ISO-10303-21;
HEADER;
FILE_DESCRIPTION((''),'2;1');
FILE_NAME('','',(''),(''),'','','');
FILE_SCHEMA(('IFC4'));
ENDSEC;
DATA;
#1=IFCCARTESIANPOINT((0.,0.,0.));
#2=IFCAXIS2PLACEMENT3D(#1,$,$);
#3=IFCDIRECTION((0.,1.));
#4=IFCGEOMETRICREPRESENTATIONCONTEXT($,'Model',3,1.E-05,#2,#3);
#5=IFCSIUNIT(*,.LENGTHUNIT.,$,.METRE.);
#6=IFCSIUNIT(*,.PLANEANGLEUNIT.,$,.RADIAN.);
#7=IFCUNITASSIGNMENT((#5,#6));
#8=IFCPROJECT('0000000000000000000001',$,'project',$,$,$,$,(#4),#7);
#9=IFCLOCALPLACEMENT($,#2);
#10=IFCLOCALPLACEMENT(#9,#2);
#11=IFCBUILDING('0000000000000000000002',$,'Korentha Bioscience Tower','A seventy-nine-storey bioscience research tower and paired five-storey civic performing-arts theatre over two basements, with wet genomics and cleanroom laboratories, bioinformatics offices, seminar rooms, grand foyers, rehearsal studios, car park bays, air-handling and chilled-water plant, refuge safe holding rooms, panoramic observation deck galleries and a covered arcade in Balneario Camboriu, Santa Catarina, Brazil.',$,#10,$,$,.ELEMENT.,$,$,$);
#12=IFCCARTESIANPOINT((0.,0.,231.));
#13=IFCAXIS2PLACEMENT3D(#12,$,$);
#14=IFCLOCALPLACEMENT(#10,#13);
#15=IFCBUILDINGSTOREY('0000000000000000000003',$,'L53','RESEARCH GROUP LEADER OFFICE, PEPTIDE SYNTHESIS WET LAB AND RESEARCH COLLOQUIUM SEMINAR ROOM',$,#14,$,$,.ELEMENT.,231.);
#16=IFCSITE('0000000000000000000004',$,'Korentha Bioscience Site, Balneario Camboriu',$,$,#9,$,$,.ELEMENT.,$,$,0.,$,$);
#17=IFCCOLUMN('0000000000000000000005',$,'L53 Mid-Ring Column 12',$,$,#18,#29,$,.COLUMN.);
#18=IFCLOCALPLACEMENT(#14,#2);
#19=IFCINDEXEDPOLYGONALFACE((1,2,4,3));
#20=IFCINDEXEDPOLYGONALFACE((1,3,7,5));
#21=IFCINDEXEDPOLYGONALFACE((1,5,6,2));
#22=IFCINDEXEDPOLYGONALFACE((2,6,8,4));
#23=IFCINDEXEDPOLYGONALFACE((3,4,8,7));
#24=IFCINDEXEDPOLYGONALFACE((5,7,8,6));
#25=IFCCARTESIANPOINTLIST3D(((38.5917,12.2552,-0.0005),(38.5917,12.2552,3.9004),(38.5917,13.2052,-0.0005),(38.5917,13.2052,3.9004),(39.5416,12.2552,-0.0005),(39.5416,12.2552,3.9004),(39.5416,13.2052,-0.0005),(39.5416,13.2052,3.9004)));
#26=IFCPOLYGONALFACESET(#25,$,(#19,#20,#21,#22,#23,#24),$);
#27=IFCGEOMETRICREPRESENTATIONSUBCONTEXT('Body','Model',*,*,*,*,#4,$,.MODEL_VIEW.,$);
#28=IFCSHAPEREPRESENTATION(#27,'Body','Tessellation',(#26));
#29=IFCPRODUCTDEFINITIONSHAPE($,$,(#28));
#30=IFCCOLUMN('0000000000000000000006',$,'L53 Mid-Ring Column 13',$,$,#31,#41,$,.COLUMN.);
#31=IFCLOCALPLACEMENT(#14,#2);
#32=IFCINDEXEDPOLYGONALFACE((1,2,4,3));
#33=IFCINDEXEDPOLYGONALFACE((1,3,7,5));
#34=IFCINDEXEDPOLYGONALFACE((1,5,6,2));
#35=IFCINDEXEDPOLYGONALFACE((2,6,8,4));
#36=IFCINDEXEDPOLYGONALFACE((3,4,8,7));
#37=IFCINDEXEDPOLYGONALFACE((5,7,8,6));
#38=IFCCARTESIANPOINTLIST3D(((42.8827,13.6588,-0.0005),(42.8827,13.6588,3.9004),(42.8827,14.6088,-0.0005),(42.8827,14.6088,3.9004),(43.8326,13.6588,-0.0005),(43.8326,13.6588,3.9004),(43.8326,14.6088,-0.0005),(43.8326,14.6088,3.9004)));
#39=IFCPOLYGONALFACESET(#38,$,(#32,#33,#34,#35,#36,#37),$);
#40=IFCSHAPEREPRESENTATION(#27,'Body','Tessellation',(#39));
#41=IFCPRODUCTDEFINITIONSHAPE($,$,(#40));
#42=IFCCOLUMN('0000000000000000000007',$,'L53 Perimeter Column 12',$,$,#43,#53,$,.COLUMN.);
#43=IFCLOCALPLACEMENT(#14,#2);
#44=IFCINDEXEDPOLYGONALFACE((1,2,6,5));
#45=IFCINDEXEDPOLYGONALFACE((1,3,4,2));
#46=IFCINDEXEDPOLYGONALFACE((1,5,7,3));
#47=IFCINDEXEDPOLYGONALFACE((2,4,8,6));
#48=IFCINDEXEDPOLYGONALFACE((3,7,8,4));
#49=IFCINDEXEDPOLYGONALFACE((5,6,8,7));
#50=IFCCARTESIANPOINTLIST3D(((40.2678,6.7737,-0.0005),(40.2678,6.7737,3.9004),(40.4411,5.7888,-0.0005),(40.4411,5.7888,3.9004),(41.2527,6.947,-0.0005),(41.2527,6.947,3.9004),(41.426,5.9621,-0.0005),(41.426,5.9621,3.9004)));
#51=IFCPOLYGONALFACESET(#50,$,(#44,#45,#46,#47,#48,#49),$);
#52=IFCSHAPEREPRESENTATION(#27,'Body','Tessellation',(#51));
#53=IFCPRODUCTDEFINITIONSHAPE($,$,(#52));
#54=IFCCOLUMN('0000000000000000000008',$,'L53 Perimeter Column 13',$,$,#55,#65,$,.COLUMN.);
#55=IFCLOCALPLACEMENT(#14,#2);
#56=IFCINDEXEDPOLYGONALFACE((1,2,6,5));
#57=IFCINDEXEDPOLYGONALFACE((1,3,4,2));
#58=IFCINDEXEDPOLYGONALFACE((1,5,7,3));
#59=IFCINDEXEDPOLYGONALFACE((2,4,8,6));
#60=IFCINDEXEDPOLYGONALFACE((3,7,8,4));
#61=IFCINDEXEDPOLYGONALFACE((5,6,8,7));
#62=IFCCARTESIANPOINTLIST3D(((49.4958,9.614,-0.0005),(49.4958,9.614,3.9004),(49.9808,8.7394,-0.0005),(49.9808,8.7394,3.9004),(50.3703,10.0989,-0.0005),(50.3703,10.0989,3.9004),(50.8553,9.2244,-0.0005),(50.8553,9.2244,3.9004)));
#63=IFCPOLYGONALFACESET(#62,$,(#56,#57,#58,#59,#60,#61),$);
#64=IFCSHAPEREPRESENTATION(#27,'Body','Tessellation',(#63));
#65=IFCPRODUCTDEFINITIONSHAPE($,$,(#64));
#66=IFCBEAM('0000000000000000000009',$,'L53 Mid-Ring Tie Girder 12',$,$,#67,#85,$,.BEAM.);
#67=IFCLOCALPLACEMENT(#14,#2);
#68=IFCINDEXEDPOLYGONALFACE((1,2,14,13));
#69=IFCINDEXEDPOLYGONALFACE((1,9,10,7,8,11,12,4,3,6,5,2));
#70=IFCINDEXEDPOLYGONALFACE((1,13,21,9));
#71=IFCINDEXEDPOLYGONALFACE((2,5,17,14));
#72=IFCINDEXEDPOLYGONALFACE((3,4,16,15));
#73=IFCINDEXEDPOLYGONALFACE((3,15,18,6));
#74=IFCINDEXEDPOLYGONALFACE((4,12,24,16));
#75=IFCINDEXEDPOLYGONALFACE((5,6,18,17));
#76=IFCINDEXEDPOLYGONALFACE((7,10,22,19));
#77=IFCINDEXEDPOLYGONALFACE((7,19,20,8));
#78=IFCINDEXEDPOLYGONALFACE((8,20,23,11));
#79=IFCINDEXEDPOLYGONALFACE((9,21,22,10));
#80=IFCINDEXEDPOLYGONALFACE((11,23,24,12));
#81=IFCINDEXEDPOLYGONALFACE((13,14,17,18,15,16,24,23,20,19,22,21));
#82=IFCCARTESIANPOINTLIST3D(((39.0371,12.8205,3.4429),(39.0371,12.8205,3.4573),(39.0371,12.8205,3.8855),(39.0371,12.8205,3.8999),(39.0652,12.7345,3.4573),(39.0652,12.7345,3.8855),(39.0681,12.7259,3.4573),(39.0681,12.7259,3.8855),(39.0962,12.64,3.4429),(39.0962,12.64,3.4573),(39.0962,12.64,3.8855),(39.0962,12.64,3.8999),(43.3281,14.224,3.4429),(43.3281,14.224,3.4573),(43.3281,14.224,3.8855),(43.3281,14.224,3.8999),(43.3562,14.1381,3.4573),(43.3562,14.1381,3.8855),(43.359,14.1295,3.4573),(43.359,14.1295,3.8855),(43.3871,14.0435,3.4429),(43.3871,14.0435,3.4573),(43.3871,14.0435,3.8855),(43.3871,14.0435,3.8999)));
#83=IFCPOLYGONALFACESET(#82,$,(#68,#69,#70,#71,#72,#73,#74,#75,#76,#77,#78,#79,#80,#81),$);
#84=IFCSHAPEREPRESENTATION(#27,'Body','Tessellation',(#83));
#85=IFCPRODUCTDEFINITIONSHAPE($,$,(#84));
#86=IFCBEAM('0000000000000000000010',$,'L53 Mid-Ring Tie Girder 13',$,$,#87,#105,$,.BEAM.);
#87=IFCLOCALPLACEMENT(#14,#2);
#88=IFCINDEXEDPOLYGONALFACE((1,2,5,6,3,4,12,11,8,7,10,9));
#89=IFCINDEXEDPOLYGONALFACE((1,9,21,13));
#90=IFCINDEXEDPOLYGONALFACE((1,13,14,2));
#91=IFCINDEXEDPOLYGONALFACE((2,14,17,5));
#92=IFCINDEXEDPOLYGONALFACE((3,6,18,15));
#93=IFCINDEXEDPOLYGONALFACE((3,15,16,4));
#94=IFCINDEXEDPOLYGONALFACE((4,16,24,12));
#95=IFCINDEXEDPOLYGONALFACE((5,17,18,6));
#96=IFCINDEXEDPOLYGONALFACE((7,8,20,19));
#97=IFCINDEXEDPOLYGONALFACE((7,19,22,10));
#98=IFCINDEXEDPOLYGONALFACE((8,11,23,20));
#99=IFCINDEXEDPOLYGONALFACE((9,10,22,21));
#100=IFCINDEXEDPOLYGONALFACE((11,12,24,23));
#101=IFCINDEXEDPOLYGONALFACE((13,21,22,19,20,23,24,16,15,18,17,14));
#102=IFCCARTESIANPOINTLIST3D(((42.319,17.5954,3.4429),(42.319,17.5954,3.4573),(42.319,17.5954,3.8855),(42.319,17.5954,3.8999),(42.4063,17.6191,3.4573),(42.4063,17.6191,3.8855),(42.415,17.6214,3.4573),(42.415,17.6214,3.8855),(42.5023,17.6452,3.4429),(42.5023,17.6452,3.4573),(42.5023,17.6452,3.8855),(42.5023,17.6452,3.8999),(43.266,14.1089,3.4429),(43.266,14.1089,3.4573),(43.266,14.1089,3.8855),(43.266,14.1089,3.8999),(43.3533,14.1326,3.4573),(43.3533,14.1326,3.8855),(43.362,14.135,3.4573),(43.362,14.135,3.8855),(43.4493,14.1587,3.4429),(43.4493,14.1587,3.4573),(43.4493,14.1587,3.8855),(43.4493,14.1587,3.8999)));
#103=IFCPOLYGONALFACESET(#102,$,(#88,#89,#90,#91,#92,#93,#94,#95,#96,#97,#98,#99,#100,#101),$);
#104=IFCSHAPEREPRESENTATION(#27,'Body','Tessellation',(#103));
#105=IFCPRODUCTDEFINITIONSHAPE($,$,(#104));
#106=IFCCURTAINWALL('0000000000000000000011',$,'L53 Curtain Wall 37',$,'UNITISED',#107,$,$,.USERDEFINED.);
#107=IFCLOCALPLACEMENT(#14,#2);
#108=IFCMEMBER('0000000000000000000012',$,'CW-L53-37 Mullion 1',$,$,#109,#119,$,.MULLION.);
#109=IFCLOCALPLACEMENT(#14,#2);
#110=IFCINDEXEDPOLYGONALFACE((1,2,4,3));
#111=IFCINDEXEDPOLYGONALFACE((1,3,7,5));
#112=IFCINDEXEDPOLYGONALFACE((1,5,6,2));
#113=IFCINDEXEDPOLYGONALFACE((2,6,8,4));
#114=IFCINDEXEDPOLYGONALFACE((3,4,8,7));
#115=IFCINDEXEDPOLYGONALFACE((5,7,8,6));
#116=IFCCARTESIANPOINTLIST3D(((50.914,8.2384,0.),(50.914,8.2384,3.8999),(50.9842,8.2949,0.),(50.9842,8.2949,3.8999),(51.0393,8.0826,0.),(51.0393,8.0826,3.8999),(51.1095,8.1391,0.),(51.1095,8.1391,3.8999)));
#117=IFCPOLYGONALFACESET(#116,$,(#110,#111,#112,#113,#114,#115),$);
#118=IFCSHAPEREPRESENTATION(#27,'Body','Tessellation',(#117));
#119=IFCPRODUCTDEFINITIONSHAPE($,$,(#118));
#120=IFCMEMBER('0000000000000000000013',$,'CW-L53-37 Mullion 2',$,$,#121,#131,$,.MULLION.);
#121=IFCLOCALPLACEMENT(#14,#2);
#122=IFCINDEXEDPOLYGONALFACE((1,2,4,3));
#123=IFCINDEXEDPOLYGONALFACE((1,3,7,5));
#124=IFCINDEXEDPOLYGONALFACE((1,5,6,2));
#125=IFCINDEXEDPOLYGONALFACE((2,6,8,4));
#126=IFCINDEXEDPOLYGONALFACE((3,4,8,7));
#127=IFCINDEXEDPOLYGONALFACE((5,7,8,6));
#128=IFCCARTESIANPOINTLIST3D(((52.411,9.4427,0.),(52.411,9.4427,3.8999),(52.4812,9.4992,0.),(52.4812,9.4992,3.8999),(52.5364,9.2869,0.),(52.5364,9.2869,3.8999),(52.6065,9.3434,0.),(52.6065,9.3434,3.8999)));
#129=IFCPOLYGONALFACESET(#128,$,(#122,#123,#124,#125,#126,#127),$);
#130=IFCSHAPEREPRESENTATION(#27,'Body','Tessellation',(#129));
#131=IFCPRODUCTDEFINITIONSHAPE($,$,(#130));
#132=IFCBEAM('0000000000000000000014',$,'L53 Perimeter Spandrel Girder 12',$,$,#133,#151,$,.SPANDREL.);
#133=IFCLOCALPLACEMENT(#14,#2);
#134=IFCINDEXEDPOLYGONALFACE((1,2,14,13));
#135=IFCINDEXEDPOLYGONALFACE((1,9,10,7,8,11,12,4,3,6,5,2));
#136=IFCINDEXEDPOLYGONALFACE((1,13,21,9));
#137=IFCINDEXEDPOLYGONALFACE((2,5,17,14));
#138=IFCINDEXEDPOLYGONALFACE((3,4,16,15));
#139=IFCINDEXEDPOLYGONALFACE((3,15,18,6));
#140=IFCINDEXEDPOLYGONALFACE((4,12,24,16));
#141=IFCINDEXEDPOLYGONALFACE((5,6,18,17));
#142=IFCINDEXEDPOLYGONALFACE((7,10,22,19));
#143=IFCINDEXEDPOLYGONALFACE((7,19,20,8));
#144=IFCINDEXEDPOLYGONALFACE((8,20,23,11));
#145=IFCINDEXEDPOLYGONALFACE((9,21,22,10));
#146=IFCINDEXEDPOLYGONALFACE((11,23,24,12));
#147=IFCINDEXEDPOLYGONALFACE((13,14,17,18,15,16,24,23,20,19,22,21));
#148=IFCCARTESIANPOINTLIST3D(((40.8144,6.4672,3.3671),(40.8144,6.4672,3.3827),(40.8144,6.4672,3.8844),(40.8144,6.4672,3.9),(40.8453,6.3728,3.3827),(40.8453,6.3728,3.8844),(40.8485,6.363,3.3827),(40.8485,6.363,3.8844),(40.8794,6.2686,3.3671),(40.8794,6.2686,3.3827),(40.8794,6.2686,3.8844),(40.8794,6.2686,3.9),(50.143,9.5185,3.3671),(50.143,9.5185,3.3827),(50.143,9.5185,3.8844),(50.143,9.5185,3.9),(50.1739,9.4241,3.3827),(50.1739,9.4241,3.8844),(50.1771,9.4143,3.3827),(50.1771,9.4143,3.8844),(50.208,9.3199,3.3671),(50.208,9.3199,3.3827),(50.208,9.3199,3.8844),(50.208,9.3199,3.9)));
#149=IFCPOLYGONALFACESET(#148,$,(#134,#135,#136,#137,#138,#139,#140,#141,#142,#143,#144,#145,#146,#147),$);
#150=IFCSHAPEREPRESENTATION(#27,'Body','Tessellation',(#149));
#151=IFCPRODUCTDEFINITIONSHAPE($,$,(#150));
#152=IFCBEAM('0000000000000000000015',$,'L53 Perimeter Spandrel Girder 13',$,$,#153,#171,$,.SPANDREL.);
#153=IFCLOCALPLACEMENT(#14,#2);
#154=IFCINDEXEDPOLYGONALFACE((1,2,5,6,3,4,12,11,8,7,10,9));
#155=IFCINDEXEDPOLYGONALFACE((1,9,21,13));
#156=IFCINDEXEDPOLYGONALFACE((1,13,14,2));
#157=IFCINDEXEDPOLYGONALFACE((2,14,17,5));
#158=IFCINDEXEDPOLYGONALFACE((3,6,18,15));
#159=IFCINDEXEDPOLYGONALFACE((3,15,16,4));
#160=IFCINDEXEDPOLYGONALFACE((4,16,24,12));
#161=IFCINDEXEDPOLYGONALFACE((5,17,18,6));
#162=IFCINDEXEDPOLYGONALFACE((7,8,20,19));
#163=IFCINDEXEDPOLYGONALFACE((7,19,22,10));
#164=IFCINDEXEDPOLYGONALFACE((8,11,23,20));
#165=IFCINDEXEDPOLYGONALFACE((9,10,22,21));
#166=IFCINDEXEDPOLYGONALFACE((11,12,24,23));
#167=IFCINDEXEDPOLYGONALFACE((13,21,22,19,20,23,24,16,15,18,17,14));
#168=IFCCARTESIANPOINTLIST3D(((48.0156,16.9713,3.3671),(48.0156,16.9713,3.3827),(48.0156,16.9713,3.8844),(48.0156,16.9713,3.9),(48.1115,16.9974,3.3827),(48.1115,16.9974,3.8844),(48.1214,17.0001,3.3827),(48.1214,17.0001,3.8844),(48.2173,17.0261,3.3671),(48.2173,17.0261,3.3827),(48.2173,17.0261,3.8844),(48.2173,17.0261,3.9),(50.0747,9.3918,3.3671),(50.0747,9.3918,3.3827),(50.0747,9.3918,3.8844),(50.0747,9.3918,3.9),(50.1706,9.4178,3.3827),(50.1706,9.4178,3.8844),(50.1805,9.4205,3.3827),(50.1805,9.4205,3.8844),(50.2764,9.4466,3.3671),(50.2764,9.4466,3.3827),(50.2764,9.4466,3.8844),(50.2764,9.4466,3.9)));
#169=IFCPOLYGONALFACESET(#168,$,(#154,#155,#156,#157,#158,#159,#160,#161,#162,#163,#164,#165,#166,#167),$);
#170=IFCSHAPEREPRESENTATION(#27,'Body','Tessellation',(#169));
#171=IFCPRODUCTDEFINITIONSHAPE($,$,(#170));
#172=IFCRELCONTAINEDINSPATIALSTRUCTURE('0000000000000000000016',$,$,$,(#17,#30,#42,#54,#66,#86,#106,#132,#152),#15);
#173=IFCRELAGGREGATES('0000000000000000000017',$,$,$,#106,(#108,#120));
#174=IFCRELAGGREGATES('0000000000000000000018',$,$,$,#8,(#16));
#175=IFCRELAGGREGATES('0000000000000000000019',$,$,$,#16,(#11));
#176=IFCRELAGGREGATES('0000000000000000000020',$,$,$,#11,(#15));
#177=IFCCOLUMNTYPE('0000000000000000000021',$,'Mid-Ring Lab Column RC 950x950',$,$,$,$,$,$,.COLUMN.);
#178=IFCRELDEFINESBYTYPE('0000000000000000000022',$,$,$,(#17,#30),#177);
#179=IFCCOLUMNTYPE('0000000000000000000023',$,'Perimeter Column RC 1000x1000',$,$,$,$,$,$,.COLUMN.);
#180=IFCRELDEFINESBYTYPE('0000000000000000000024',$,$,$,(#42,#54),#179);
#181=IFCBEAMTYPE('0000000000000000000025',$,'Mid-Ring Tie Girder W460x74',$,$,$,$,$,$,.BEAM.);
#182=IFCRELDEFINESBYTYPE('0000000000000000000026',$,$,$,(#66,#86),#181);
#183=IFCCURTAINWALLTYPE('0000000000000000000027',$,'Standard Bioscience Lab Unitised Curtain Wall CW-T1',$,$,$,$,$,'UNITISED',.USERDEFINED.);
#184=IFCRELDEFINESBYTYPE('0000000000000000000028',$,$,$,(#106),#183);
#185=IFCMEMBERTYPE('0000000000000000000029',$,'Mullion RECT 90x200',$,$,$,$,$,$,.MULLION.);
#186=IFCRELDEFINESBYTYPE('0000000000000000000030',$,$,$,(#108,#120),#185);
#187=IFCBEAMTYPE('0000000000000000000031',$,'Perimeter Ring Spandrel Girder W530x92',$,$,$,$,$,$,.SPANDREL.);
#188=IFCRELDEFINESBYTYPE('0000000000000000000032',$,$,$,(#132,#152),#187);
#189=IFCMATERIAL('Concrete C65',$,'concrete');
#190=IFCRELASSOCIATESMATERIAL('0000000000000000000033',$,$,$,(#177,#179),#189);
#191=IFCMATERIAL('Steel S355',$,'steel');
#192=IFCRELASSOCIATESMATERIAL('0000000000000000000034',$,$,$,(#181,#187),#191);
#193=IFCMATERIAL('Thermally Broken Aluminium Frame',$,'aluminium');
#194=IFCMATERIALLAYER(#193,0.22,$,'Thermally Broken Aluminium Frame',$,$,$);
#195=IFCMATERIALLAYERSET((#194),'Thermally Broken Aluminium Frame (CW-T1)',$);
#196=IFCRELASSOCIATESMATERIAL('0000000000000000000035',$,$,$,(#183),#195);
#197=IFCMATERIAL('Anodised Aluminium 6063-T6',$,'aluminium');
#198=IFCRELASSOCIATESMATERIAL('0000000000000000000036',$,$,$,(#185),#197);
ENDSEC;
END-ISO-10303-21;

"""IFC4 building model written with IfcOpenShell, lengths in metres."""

from ifc_helpers import new_model, si_unit, direction, frame, origin, origin_2d, place, context, subcontext, project, spatial, rectangle, i_section, extrude, material, layer, layer_set, material_profile, profile_set, type_object, element, aggregate, save


model = new_model("IFC4")

# Units and contexts
model_context = context("Model", 3, precision=1e-05, world=origin(), true_north=direction((0.0, 1.0)))
body_context = subcontext(model_context, "Body", "Model", "MODEL_VIEW")
ifc_project = project(units=[si_unit("LENGTHUNIT", "METRE"), si_unit("PLANEANGLEUNIT", "RADIAN")], contexts=[model_context])

# Site, building, storey
site_placement = place(None, origin())
site = spatial("IfcSite", under=ifc_project, at=site_placement, Name="Korentha Bioscience Site, Balneario Camboriu", CompositionType="ELEMENT", RefElevation=0.0)
building_placement = place(site_placement, origin())
building = spatial("IfcBuilding", under=site, at=building_placement, Name="Korentha Bioscience Tower", Description="A seventy-nine-storey bioscience research tower and paired five-storey civic performing-arts theatre over two basements, with wet genomics and cleanroom laboratories, bioinformatics offices, seminar rooms, grand foyers, rehearsal studios, car park bays, air-handling and chilled-water plant, refuge safe holding rooms, panoramic observation deck galleries and a covered arcade in Balneario Camboriu, Santa Catarina, Brazil.", CompositionType="ELEMENT")
storey_placement = place(building_placement, frame((0.0, 0.0, 231.0)))
storey = spatial("IfcBuildingStorey", under=building, at=storey_placement, Name="L53", Description="RESEARCH GROUP LEADER OFFICE, PEPTIDE SYNTHESIS WET LAB AND RESEARCH COLLOQUIUM SEMINAR ROOM", CompositionType="ELEMENT", Elevation=231.0)

# Columns
ifc_material_1 = material(Name="Concrete C65", Category="concrete")
ifc_material_profile_1 = material_profile(ifc_material_1, rectangle(XDim=0.95, YDim=0.95, at=origin_2d()), Name="Concrete C65")
ifc_profile_set_1 = profile_set([ifc_material_profile_1], Name="Concrete C65 (COL-MR09)")
column_type_1 = type_object("IfcColumnType", Name="Mid-Ring Lab Column RC 950x950", PredefinedType="COLUMN", material=ifc_profile_set_1)
for number, where, z_axis, x_axis, name in (
    (1, (39.0667, 12.7302, -0.0005), (0.0, 0.0, 1.0), (1.0, 0.0, 0.0), "L53 Mid-Ring Column 12"),
    (2, (43.3577, 14.1338, -0.0005), (0.0, 0.0, 1.0), (1.0, 0.0, 0.0), "L53 Mid-Ring Column 13"),
):
    element("IfcColumn", number, at=place(storey_placement, frame(where, z_axis=z_axis, x_axis=x_axis)), inside=storey, type_object=column_type_1, Name=name, PredefinedType="COLUMN", context=body_context, shape_type="SweptSolid", body=[
        extrude(rectangle(XDim=0.95, YDim=0.95, at=origin_2d()), origin(), (0.0, 0.0, 1.0), 3.9009),
    ])
ifc_material_profile_2 = material_profile(ifc_material_1, rectangle(XDim=1.0, YDim=1.0, at=origin_2d()), Name="Concrete C65")
ifc_profile_set_2 = profile_set([ifc_material_profile_2], Name="Concrete C65 (COL-P10)")
column_type_2 = type_object("IfcColumnType", Name="Perimeter Column RC 1000x1000", PredefinedType="COLUMN", material=ifc_profile_set_2)
for number, where, z_axis, x_axis, name in (
    (3, (40.8469, 6.3679, -0.0005), (0.0, 0.0, 1.0), (0.984868, 0.173304, 0.0), "L53 Perimeter Column 12"),
    (4, (50.1755, 9.4192, -0.0005), (0.0, 0.0, 1.0), (0.874535, 0.484962, 0.0), "L53 Perimeter Column 13"),
):
    element("IfcColumn", number, at=place(storey_placement, frame(where, z_axis=z_axis, x_axis=x_axis)), inside=storey, type_object=column_type_2, Name=name, PredefinedType="COLUMN", context=body_context, shape_type="SweptSolid", body=[
        extrude(rectangle(XDim=1.0, YDim=1.0, at=origin_2d()), origin(), (0.0, 0.0, 1.0), 3.9009),
    ])

# Beams
ifc_material_2 = material(Name="Steel S355", Category="steel")
ifc_material_profile_3 = material_profile(ifc_material_2, i_section(OverallWidth=0.1899, OverallDepth=0.457, WebThickness=0.009, FlangeThickness=0.0144, at=origin_2d()), Name="Steel S355")
ifc_profile_set_3 = profile_set([ifc_material_profile_3], Name="Steel S355 (MB-460)")
beam_type_1 = type_object("IfcBeamType", Name="Mid-Ring Tie Girder W460x74", PredefinedType="BEAM", material=ifc_profile_set_3)
beam_1_placement = place(storey_placement, frame((39.0667, 12.7302, 3.6714), z_axis=(0.950447, 0.310885, 0.0), x_axis=(-0.310885, 0.950447, 0.0)))
element("IfcBeam", 5, at=beam_1_placement, inside=storey, type_object=beam_type_1, Name="L53 Mid-Ring Tie Girder 12", PredefinedType="BEAM", context=body_context, shape_type="SweptSolid", body=[
    extrude(i_section(OverallWidth=0.1899, OverallDepth=0.457, WebThickness=0.009, FlangeThickness=0.0144, at=origin_2d()), origin(), (0.0, 0.0, 1.0), 4.5146),
])
beam_2_placement = place(storey_placement, frame((43.3577, 14.1338, 3.6714), z_axis=(-0.262122, 0.965035, 0.0), x_axis=(-0.965035, -0.262122, 0.0)))
element("IfcBeam", 6, at=beam_2_placement, inside=storey, type_object=beam_type_1, Name="L53 Mid-Ring Tie Girder 13", PredefinedType="BEAM", context=body_context, shape_type="SweptSolid", body=[
    extrude(i_section(OverallWidth=0.1899, OverallDepth=0.457, WebThickness=0.009, FlangeThickness=0.0144, at=origin_2d()), origin(), (0.0, 0.0, 1.0), 3.6128),
])

# Curtain wall, members
ifc_material_3 = material(Name="Thermally Broken Aluminium Frame", Category="aluminium")
ifc_layer_1 = layer(ifc_material_3, 0.22, Name="Thermally Broken Aluminium Frame")
ifc_layer_set_1 = layer_set([ifc_layer_1], Name="Thermally Broken Aluminium Frame (CW-T1)")
curtain_wall_type = type_object("IfcCurtainWallType", Name="Standard Bioscience Lab Unitised Curtain Wall CW-T1", ElementType="UNITISED", PredefinedType="USERDEFINED", material=ifc_layer_set_1)
curtain_wall_placement = place(storey_placement, origin())
curtain_wall = element("IfcCurtainWall", 7, at=curtain_wall_placement, inside=storey, type_object=curtain_wall_type, Name="L53 Curtain Wall 37", ObjectType="UNITISED", PredefinedType="USERDEFINED")
ifc_material_4 = material(Name="Anodised Aluminium 6063-T6", Category="aluminium")
ifc_material_profile_4 = material_profile(ifc_material_4, rectangle(XDim=0.0901, YDim=0.2, at=origin_2d()), Name="Anodised Aluminium 6063-T6")
ifc_profile_set_4 = profile_set([ifc_material_profile_4], Name="Anodised Aluminium 6063-T6 (CW-MUL)")
member_type_1 = type_object("IfcMemberType", Name="Mullion RECT 90x200", PredefinedType="MULLION", material=ifc_profile_set_4)
member_1_placement = place(storey_placement, frame((51.0117, 8.1887, 0.0), z_axis=(0.0, 0.0, 1.0), x_axis=(0.779198, 0.626778, 0.0)))
member_1 = element("IfcMember", 8, at=member_1_placement, type_object=member_type_1, Name="CW-L53-37 Mullion 1", PredefinedType="MULLION", context=body_context, shape_type="SweptSolid", body=[
    extrude(rectangle(XDim=0.0901, YDim=0.2, at=origin_2d()), origin(), (0.0, 0.0, 1.0), 3.8999),
])
member_2_placement = place(storey_placement, frame((52.5088, 9.3931, 0.0), z_axis=(0.0, 0.0, 1.0), x_axis=(0.779198, 0.626778, 0.0)))
member_2 = element("IfcMember", 9, at=member_2_placement, type_object=member_type_1, Name="CW-L53-37 Mullion 2", PredefinedType="MULLION", context=body_context, shape_type="SweptSolid", body=[
    extrude(rectangle(XDim=0.0901, YDim=0.2, at=origin_2d()), origin(), (0.0, 0.0, 1.0), 3.8999),
])

# Beams
ifc_material_profile_5 = material_profile(ifc_material_2, i_section(OverallWidth=0.209, OverallDepth=0.533, WebThickness=0.0103, FlangeThickness=0.0156, at=origin_2d()), Name="Steel S355")
ifc_profile_set_5 = profile_set([ifc_material_profile_5], Name="Steel S355 (SB-530)")
beam_type_2 = type_object("IfcBeamType", Name="Perimeter Ring Spandrel Girder W530x92", PredefinedType="SPANDREL", material=ifc_profile_set_5)
beam_3_placement = place(storey_placement, frame((40.8469, 6.3679, 3.6335), z_axis=(0.950449, 0.31088, 0.0), x_axis=(-0.31088, 0.950449, 0.0)))
element("IfcBeam", 10, at=beam_3_placement, inside=storey, type_object=beam_type_2, Name="L53 Perimeter Spandrel Girder 12", PredefinedType="SPANDREL", context=body_context, shape_type="SweptSolid", body=[
    extrude(i_section(OverallWidth=0.209, OverallDepth=0.533, WebThickness=0.0103, FlangeThickness=0.0156, at=origin_2d()), origin(), (0.0, 0.0, 1.0), 9.8149),
])
beam_4_placement = place(storey_placement, frame((50.1755, 9.4192, 3.6335), z_axis=(-0.26216, 0.965024, 0.0), x_axis=(-0.965024, -0.26216, 0.0)))
element("IfcBeam", 11, at=beam_4_placement, inside=storey, type_object=beam_type_2, Name="L53 Perimeter Spandrel Girder 13", PredefinedType="SPANDREL", context=body_context, shape_type="SweptSolid", body=[
    extrude(i_section(OverallWidth=0.209, OverallDepth=0.533, WebThickness=0.0103, FlangeThickness=0.0156, at=origin_2d()), origin(), (0.0, 0.0, 1.0), 7.8542),
])

aggregate(curtain_wall, [member_1, member_2])

save(model, "model.ifc")
